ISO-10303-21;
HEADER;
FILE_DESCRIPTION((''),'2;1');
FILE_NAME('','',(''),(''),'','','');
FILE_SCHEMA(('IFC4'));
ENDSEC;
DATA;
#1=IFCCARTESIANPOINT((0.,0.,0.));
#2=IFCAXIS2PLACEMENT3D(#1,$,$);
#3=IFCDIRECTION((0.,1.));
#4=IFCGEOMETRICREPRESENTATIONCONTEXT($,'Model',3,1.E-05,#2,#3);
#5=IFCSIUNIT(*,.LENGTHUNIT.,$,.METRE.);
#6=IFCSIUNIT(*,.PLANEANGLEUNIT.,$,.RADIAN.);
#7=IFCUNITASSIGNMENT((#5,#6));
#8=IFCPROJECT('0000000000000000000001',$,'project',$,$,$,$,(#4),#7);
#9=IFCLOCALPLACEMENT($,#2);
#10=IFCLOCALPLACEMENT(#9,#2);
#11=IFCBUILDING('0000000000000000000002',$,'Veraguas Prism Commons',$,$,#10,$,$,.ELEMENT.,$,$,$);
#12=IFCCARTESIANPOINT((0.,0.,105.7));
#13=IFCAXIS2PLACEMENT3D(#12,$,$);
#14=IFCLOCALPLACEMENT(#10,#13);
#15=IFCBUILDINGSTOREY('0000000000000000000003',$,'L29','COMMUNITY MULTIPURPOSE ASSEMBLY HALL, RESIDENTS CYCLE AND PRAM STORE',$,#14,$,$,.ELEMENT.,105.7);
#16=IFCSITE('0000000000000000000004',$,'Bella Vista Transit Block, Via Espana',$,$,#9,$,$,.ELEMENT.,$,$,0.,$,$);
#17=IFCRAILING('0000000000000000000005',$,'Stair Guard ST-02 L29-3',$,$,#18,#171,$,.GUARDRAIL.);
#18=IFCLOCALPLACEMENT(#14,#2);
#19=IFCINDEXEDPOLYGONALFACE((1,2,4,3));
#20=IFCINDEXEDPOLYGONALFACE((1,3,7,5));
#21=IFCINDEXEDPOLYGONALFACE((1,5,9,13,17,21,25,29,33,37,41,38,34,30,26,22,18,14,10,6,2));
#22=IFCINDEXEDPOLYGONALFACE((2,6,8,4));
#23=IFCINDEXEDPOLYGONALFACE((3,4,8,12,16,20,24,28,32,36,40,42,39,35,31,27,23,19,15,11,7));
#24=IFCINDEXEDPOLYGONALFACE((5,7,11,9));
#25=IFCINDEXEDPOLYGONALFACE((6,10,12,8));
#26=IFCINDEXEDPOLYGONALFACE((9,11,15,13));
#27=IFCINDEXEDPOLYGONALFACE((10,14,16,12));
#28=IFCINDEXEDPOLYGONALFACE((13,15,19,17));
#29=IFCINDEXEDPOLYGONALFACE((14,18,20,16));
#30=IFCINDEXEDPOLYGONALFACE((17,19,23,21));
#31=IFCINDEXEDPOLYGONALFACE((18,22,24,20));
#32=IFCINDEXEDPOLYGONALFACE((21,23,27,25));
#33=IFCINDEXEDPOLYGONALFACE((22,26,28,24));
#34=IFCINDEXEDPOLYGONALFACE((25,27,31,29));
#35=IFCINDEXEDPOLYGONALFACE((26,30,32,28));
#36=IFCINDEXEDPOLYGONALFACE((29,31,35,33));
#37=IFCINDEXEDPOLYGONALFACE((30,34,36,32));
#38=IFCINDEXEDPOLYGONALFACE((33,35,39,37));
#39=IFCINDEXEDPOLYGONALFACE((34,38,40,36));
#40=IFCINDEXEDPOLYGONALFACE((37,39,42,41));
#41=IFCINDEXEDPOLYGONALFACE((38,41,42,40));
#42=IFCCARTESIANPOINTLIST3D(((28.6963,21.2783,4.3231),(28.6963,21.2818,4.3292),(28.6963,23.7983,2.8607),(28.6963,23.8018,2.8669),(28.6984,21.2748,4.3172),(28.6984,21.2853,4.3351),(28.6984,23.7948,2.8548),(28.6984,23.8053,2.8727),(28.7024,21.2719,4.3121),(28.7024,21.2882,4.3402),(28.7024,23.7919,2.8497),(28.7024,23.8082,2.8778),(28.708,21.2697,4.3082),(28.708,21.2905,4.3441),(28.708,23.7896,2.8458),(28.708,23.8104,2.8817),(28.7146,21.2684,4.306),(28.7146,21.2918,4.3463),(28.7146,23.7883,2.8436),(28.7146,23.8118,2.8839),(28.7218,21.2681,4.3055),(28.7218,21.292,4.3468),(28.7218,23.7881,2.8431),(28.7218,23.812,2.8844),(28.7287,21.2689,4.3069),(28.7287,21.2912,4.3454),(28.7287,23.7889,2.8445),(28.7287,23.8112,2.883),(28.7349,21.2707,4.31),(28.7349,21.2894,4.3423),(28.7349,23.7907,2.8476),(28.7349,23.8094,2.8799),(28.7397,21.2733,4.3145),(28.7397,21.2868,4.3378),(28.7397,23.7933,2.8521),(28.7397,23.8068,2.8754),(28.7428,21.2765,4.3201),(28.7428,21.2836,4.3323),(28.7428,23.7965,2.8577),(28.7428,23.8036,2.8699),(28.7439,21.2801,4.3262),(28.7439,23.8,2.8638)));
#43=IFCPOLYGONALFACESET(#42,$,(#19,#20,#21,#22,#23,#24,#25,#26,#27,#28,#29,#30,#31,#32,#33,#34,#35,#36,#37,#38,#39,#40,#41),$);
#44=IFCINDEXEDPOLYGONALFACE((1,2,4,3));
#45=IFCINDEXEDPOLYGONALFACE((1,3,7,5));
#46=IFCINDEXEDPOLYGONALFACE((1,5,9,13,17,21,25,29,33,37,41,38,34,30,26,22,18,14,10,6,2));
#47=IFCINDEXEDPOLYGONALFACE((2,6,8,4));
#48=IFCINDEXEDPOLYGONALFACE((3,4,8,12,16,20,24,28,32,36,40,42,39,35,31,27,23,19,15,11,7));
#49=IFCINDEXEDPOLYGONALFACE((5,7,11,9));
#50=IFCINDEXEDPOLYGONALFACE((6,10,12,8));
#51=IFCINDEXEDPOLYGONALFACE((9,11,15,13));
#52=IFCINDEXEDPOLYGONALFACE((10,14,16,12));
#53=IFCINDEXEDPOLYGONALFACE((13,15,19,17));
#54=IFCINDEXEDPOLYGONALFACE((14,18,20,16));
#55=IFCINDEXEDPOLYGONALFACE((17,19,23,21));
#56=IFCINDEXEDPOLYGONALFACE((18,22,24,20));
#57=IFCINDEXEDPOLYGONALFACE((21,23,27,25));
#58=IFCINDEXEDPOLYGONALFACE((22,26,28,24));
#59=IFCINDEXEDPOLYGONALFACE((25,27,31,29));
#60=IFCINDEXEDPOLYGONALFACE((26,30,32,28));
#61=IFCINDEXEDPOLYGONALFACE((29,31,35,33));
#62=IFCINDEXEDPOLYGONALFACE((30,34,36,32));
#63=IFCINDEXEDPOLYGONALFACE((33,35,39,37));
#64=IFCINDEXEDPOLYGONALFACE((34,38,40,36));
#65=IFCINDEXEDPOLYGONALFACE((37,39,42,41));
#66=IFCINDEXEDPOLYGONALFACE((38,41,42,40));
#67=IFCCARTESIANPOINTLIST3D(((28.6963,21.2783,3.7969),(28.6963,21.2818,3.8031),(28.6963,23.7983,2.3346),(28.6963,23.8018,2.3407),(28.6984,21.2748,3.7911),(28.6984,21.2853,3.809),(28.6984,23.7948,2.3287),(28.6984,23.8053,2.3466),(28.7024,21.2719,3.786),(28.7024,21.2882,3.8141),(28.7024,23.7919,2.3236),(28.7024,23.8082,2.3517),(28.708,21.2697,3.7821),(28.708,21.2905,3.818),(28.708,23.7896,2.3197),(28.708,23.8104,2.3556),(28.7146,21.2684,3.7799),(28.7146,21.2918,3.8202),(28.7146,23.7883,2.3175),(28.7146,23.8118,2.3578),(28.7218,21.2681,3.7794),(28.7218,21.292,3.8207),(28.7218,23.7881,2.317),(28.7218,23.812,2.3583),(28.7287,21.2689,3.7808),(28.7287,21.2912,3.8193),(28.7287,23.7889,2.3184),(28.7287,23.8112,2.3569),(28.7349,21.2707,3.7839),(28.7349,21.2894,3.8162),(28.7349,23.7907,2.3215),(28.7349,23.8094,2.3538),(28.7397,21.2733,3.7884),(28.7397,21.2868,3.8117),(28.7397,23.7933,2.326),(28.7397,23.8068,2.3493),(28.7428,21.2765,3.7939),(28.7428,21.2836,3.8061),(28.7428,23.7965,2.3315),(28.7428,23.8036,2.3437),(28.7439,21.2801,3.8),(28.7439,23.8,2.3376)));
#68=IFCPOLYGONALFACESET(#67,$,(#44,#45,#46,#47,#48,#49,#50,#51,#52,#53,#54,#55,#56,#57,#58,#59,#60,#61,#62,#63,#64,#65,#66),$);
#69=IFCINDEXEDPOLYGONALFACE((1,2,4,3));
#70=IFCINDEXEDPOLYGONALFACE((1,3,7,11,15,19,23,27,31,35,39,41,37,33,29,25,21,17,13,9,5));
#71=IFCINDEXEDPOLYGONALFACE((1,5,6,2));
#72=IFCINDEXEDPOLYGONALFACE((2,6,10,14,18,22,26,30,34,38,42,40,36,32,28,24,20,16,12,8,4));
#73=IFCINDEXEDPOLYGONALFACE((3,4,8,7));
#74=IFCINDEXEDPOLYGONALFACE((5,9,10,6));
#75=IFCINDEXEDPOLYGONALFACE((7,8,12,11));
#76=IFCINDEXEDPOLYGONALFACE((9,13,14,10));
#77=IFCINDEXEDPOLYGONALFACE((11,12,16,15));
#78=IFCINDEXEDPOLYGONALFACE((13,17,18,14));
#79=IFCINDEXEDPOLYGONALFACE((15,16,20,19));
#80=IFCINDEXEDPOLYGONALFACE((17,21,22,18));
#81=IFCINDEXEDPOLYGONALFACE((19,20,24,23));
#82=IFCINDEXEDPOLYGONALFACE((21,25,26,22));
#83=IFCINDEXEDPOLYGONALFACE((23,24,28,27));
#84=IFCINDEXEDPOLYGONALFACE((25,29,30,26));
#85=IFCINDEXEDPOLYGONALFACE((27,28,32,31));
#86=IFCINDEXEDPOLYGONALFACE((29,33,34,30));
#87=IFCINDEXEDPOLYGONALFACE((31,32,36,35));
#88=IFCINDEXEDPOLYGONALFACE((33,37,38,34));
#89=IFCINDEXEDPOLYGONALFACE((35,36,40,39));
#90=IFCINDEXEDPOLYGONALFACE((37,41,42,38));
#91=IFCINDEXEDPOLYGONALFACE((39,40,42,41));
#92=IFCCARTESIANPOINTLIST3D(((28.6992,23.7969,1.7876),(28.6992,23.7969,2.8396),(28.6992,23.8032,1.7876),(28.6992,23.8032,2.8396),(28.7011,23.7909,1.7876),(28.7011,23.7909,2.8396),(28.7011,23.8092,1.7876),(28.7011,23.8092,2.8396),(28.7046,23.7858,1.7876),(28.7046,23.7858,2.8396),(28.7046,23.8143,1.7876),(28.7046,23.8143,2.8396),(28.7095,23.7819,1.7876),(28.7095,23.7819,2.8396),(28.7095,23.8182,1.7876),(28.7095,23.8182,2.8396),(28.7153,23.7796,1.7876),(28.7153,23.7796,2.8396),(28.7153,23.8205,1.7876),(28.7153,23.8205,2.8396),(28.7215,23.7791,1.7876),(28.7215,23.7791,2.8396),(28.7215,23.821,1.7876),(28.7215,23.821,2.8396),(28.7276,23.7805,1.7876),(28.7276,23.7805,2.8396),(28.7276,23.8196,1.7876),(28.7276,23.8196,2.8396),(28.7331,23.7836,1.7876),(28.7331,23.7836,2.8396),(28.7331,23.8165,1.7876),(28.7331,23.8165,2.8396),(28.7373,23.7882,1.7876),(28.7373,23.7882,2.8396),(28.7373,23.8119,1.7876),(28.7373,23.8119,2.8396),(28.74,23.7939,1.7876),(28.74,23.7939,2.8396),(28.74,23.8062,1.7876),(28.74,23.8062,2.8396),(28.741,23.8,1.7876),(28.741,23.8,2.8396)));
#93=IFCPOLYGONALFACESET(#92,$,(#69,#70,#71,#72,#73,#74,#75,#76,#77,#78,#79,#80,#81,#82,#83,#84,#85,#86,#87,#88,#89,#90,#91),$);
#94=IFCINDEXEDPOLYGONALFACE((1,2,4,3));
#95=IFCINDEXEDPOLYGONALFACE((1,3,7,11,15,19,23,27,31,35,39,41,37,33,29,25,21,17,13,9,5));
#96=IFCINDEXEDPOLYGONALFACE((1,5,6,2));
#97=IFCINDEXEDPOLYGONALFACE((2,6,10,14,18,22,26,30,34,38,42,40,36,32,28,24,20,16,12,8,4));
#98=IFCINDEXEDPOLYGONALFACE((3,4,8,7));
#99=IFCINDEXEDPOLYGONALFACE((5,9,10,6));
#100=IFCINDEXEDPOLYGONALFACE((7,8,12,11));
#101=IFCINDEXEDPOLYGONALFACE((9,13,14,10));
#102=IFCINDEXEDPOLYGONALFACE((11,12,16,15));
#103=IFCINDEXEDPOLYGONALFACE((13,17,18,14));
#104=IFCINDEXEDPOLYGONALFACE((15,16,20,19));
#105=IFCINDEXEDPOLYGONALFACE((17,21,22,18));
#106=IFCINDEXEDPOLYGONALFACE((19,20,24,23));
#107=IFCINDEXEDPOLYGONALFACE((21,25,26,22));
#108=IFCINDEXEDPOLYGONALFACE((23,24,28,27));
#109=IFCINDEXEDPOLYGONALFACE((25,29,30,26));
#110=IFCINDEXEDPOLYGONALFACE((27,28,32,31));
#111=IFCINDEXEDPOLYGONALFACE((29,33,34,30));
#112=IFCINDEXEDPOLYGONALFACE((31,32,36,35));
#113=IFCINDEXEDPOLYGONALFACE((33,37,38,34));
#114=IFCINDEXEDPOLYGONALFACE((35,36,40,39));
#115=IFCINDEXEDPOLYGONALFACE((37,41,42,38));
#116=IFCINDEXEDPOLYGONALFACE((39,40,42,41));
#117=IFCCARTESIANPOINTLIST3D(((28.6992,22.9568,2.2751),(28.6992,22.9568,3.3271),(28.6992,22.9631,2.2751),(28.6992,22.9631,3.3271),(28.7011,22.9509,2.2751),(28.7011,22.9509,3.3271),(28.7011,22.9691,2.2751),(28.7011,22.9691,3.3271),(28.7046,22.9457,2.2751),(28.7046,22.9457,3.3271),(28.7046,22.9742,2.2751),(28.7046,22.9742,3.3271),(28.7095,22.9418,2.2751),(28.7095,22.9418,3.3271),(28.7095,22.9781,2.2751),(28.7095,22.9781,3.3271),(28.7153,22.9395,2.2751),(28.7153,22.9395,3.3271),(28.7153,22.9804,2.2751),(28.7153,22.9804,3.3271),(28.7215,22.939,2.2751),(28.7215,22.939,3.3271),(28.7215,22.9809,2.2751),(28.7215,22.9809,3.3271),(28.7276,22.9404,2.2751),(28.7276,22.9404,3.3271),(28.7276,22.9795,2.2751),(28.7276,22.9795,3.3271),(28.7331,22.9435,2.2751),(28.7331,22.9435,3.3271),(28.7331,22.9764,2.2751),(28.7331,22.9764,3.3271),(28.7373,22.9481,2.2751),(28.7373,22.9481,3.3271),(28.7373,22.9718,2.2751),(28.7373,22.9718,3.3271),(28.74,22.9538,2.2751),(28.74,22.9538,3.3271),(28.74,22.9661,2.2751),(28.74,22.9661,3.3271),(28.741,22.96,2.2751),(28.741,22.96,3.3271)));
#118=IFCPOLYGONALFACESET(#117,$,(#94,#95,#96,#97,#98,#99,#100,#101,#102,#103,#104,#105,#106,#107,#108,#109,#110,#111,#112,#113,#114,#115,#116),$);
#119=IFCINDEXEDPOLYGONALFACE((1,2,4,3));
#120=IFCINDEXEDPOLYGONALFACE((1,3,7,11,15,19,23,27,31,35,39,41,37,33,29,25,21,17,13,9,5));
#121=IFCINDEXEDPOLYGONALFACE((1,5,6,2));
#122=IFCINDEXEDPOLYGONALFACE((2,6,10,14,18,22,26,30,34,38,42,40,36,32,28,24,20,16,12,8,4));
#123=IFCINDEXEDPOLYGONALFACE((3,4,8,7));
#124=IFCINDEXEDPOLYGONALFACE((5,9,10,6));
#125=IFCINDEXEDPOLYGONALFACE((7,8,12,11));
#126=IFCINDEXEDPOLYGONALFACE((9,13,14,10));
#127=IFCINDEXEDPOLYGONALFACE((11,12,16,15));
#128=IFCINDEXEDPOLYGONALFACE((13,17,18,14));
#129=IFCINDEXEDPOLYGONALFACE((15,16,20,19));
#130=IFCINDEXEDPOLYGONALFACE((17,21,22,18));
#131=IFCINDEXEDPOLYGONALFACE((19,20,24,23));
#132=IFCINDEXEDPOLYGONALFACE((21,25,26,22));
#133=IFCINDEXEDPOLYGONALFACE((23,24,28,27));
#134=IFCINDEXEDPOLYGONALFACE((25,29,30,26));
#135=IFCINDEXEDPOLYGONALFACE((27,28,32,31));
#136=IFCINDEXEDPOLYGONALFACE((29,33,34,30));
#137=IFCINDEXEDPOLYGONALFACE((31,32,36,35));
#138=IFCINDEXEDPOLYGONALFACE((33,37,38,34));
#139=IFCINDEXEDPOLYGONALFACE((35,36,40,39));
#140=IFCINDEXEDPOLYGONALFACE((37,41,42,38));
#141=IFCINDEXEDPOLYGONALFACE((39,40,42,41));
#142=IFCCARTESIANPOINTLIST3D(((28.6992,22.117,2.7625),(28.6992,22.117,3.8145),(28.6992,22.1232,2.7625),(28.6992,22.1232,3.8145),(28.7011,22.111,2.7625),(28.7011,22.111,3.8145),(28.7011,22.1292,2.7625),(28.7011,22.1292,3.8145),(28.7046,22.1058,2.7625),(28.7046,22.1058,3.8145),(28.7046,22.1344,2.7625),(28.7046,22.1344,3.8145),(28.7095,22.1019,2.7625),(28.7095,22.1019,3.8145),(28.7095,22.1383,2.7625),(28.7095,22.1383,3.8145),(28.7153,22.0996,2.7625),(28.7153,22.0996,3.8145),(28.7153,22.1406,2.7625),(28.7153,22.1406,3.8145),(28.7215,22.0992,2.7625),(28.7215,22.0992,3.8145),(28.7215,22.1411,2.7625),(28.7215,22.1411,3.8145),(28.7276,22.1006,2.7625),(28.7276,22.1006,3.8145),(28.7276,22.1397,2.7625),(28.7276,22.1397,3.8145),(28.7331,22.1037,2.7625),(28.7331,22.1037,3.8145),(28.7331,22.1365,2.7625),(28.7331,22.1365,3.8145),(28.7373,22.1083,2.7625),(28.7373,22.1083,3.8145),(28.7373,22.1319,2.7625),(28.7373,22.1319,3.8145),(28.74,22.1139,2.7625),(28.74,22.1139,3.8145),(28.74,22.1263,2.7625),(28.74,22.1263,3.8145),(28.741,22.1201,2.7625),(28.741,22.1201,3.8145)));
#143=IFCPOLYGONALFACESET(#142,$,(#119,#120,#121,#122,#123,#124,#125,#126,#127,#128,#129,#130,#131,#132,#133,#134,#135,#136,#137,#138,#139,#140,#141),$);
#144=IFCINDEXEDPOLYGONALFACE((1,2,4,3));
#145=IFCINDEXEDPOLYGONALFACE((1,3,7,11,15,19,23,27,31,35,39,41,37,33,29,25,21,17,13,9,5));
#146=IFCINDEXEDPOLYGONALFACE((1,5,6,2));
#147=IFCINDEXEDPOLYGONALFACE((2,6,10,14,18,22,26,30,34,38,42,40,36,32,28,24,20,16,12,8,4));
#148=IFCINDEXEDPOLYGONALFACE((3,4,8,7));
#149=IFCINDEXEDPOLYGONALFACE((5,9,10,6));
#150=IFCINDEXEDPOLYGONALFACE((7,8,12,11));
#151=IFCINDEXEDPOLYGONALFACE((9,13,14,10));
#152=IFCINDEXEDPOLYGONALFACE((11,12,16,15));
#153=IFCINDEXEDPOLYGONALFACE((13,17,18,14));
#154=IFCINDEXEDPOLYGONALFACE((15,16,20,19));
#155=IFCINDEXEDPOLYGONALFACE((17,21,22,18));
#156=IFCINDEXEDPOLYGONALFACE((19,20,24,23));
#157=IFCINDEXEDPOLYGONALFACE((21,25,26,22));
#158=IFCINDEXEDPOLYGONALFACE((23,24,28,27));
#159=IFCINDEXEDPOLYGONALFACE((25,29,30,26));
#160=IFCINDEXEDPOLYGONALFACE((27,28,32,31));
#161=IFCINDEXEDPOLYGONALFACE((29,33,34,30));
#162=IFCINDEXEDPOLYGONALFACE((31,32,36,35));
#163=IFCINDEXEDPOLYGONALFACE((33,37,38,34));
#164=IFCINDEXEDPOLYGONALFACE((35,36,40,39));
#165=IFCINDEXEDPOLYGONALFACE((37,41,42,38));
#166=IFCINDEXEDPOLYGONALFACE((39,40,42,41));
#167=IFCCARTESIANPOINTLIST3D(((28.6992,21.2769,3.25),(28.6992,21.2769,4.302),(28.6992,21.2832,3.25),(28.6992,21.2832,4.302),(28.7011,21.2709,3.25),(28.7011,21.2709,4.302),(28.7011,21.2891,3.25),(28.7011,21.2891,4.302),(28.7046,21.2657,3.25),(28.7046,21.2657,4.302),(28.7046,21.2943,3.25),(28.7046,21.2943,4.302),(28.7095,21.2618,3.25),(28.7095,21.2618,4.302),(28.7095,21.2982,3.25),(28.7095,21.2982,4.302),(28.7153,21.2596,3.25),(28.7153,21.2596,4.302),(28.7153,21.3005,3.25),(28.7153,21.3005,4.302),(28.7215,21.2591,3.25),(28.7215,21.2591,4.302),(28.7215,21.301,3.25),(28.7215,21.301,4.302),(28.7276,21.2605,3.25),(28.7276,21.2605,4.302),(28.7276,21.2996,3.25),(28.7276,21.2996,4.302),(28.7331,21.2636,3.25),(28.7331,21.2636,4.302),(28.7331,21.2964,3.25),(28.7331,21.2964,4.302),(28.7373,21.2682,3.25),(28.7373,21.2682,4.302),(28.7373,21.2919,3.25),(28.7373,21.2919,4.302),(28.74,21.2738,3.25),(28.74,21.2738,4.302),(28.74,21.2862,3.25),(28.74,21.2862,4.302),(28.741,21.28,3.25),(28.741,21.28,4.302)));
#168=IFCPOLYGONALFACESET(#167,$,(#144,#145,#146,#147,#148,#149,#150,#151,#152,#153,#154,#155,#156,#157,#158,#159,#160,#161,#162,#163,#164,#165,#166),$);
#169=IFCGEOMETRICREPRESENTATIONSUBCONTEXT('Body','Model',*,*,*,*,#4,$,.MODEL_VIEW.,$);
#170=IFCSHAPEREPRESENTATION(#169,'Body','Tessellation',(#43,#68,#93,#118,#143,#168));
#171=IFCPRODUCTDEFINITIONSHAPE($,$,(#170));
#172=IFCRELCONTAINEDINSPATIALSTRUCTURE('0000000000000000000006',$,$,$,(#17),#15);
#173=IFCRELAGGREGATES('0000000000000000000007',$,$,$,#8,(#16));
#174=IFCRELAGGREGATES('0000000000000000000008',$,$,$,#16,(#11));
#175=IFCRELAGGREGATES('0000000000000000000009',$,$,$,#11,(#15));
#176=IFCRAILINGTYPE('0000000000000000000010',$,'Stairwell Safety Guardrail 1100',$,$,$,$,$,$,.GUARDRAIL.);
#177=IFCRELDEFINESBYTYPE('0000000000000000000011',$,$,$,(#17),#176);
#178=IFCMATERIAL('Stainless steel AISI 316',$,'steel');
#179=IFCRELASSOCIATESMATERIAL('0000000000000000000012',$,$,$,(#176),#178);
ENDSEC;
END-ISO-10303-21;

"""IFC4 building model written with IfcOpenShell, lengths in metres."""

from ifc_helpers import new_model, si_unit, direction, frame, origin, origin_2d, place, context, subcontext, project, spatial, circle, extrude, material, type_object, element, save


model = new_model("IFC4")

# Units and contexts
model_context = context("Model", 3, precision=1e-05, world=origin(), true_north=direction((0.0, 1.0)))
body_context = subcontext(model_context, "Body", "Model", "MODEL_VIEW")
ifc_project = project(units=[si_unit("LENGTHUNIT", "METRE"), si_unit("PLANEANGLEUNIT", "RADIAN")], contexts=[model_context])

# Site, building, storey
site_placement = place(None, origin())
site = spatial("IfcSite", under=ifc_project, at=site_placement, Name="Bella Vista Transit Block, Via Espana", CompositionType="ELEMENT", RefElevation=0.0)
building_placement = place(site_placement, origin())
building = spatial("IfcBuilding", under=site, at=building_placement, Name="Veraguas Prism Commons", CompositionType="ELEMENT")
storey_placement = place(building_placement, frame((0.0, 0.0, 105.7)))
storey = spatial("IfcBuildingStorey", under=building, at=storey_placement, Name="L29", Description="COMMUNITY MULTIPURPOSE ASSEMBLY HALL, RESIDENTS CYCLE AND PRAM STORE", CompositionType="ELEMENT", Elevation=105.7)

# Shared definitions
ifc_material_1 = material(Name="Stainless steel AISI 316", Category="steel")

# Railing
railing_type_1 = type_object("IfcRailingType", Name="Stairwell Safety Guardrail 1100", PredefinedType="GUARDRAIL", material=ifc_material_1)
railing_1_placement = place(storey_placement, frame((28.72, 23.8, 1.7876)))
element("IfcRailing", 1, at=railing_1_placement, inside=storey, type_object=railing_type_1, Name="Stair Guard ST-02 L29-3", PredefinedType="GUARDRAIL", context=body_context, shape_type="SweptSolid", body=[
    extrude(circle(Radius=0.0239, at=origin_2d()), frame((0.0, 0.0, 1.0762), z_axis=(0.0, -0.864913, 0.501921), x_axis=(1.0, 0.0, 0.0)), (0.0, 0.0, 1.0), 2.9136),
    extrude(circle(Radius=0.0239, at=origin_2d()), frame((0.0, 0.0, 0.55), z_axis=(0.0, -0.864913, 0.501921), x_axis=(1.0, 0.0, 0.0)), (0.0, 0.0, 1.0), 2.9136),
    extrude(circle(Radius=0.021, at=origin_2d()), origin(), (0.0, 0.0, 1.0), 1.052),
    extrude(circle(Radius=0.021, at=origin_2d()), frame((0.0, -0.8401, 0.4875)), (0.0, 0.0, 1.0), 1.052),
    extrude(circle(Radius=0.021, at=origin_2d()), frame((0.0, -1.6799, 0.9749)), (0.0, 0.0, 1.0), 1.052),
    extrude(circle(Radius=0.021, at=origin_2d()), frame((0.0, -2.52, 1.4624)), (0.0, 0.0, 1.0), 1.052),
])

save(model, "model.ifc")
